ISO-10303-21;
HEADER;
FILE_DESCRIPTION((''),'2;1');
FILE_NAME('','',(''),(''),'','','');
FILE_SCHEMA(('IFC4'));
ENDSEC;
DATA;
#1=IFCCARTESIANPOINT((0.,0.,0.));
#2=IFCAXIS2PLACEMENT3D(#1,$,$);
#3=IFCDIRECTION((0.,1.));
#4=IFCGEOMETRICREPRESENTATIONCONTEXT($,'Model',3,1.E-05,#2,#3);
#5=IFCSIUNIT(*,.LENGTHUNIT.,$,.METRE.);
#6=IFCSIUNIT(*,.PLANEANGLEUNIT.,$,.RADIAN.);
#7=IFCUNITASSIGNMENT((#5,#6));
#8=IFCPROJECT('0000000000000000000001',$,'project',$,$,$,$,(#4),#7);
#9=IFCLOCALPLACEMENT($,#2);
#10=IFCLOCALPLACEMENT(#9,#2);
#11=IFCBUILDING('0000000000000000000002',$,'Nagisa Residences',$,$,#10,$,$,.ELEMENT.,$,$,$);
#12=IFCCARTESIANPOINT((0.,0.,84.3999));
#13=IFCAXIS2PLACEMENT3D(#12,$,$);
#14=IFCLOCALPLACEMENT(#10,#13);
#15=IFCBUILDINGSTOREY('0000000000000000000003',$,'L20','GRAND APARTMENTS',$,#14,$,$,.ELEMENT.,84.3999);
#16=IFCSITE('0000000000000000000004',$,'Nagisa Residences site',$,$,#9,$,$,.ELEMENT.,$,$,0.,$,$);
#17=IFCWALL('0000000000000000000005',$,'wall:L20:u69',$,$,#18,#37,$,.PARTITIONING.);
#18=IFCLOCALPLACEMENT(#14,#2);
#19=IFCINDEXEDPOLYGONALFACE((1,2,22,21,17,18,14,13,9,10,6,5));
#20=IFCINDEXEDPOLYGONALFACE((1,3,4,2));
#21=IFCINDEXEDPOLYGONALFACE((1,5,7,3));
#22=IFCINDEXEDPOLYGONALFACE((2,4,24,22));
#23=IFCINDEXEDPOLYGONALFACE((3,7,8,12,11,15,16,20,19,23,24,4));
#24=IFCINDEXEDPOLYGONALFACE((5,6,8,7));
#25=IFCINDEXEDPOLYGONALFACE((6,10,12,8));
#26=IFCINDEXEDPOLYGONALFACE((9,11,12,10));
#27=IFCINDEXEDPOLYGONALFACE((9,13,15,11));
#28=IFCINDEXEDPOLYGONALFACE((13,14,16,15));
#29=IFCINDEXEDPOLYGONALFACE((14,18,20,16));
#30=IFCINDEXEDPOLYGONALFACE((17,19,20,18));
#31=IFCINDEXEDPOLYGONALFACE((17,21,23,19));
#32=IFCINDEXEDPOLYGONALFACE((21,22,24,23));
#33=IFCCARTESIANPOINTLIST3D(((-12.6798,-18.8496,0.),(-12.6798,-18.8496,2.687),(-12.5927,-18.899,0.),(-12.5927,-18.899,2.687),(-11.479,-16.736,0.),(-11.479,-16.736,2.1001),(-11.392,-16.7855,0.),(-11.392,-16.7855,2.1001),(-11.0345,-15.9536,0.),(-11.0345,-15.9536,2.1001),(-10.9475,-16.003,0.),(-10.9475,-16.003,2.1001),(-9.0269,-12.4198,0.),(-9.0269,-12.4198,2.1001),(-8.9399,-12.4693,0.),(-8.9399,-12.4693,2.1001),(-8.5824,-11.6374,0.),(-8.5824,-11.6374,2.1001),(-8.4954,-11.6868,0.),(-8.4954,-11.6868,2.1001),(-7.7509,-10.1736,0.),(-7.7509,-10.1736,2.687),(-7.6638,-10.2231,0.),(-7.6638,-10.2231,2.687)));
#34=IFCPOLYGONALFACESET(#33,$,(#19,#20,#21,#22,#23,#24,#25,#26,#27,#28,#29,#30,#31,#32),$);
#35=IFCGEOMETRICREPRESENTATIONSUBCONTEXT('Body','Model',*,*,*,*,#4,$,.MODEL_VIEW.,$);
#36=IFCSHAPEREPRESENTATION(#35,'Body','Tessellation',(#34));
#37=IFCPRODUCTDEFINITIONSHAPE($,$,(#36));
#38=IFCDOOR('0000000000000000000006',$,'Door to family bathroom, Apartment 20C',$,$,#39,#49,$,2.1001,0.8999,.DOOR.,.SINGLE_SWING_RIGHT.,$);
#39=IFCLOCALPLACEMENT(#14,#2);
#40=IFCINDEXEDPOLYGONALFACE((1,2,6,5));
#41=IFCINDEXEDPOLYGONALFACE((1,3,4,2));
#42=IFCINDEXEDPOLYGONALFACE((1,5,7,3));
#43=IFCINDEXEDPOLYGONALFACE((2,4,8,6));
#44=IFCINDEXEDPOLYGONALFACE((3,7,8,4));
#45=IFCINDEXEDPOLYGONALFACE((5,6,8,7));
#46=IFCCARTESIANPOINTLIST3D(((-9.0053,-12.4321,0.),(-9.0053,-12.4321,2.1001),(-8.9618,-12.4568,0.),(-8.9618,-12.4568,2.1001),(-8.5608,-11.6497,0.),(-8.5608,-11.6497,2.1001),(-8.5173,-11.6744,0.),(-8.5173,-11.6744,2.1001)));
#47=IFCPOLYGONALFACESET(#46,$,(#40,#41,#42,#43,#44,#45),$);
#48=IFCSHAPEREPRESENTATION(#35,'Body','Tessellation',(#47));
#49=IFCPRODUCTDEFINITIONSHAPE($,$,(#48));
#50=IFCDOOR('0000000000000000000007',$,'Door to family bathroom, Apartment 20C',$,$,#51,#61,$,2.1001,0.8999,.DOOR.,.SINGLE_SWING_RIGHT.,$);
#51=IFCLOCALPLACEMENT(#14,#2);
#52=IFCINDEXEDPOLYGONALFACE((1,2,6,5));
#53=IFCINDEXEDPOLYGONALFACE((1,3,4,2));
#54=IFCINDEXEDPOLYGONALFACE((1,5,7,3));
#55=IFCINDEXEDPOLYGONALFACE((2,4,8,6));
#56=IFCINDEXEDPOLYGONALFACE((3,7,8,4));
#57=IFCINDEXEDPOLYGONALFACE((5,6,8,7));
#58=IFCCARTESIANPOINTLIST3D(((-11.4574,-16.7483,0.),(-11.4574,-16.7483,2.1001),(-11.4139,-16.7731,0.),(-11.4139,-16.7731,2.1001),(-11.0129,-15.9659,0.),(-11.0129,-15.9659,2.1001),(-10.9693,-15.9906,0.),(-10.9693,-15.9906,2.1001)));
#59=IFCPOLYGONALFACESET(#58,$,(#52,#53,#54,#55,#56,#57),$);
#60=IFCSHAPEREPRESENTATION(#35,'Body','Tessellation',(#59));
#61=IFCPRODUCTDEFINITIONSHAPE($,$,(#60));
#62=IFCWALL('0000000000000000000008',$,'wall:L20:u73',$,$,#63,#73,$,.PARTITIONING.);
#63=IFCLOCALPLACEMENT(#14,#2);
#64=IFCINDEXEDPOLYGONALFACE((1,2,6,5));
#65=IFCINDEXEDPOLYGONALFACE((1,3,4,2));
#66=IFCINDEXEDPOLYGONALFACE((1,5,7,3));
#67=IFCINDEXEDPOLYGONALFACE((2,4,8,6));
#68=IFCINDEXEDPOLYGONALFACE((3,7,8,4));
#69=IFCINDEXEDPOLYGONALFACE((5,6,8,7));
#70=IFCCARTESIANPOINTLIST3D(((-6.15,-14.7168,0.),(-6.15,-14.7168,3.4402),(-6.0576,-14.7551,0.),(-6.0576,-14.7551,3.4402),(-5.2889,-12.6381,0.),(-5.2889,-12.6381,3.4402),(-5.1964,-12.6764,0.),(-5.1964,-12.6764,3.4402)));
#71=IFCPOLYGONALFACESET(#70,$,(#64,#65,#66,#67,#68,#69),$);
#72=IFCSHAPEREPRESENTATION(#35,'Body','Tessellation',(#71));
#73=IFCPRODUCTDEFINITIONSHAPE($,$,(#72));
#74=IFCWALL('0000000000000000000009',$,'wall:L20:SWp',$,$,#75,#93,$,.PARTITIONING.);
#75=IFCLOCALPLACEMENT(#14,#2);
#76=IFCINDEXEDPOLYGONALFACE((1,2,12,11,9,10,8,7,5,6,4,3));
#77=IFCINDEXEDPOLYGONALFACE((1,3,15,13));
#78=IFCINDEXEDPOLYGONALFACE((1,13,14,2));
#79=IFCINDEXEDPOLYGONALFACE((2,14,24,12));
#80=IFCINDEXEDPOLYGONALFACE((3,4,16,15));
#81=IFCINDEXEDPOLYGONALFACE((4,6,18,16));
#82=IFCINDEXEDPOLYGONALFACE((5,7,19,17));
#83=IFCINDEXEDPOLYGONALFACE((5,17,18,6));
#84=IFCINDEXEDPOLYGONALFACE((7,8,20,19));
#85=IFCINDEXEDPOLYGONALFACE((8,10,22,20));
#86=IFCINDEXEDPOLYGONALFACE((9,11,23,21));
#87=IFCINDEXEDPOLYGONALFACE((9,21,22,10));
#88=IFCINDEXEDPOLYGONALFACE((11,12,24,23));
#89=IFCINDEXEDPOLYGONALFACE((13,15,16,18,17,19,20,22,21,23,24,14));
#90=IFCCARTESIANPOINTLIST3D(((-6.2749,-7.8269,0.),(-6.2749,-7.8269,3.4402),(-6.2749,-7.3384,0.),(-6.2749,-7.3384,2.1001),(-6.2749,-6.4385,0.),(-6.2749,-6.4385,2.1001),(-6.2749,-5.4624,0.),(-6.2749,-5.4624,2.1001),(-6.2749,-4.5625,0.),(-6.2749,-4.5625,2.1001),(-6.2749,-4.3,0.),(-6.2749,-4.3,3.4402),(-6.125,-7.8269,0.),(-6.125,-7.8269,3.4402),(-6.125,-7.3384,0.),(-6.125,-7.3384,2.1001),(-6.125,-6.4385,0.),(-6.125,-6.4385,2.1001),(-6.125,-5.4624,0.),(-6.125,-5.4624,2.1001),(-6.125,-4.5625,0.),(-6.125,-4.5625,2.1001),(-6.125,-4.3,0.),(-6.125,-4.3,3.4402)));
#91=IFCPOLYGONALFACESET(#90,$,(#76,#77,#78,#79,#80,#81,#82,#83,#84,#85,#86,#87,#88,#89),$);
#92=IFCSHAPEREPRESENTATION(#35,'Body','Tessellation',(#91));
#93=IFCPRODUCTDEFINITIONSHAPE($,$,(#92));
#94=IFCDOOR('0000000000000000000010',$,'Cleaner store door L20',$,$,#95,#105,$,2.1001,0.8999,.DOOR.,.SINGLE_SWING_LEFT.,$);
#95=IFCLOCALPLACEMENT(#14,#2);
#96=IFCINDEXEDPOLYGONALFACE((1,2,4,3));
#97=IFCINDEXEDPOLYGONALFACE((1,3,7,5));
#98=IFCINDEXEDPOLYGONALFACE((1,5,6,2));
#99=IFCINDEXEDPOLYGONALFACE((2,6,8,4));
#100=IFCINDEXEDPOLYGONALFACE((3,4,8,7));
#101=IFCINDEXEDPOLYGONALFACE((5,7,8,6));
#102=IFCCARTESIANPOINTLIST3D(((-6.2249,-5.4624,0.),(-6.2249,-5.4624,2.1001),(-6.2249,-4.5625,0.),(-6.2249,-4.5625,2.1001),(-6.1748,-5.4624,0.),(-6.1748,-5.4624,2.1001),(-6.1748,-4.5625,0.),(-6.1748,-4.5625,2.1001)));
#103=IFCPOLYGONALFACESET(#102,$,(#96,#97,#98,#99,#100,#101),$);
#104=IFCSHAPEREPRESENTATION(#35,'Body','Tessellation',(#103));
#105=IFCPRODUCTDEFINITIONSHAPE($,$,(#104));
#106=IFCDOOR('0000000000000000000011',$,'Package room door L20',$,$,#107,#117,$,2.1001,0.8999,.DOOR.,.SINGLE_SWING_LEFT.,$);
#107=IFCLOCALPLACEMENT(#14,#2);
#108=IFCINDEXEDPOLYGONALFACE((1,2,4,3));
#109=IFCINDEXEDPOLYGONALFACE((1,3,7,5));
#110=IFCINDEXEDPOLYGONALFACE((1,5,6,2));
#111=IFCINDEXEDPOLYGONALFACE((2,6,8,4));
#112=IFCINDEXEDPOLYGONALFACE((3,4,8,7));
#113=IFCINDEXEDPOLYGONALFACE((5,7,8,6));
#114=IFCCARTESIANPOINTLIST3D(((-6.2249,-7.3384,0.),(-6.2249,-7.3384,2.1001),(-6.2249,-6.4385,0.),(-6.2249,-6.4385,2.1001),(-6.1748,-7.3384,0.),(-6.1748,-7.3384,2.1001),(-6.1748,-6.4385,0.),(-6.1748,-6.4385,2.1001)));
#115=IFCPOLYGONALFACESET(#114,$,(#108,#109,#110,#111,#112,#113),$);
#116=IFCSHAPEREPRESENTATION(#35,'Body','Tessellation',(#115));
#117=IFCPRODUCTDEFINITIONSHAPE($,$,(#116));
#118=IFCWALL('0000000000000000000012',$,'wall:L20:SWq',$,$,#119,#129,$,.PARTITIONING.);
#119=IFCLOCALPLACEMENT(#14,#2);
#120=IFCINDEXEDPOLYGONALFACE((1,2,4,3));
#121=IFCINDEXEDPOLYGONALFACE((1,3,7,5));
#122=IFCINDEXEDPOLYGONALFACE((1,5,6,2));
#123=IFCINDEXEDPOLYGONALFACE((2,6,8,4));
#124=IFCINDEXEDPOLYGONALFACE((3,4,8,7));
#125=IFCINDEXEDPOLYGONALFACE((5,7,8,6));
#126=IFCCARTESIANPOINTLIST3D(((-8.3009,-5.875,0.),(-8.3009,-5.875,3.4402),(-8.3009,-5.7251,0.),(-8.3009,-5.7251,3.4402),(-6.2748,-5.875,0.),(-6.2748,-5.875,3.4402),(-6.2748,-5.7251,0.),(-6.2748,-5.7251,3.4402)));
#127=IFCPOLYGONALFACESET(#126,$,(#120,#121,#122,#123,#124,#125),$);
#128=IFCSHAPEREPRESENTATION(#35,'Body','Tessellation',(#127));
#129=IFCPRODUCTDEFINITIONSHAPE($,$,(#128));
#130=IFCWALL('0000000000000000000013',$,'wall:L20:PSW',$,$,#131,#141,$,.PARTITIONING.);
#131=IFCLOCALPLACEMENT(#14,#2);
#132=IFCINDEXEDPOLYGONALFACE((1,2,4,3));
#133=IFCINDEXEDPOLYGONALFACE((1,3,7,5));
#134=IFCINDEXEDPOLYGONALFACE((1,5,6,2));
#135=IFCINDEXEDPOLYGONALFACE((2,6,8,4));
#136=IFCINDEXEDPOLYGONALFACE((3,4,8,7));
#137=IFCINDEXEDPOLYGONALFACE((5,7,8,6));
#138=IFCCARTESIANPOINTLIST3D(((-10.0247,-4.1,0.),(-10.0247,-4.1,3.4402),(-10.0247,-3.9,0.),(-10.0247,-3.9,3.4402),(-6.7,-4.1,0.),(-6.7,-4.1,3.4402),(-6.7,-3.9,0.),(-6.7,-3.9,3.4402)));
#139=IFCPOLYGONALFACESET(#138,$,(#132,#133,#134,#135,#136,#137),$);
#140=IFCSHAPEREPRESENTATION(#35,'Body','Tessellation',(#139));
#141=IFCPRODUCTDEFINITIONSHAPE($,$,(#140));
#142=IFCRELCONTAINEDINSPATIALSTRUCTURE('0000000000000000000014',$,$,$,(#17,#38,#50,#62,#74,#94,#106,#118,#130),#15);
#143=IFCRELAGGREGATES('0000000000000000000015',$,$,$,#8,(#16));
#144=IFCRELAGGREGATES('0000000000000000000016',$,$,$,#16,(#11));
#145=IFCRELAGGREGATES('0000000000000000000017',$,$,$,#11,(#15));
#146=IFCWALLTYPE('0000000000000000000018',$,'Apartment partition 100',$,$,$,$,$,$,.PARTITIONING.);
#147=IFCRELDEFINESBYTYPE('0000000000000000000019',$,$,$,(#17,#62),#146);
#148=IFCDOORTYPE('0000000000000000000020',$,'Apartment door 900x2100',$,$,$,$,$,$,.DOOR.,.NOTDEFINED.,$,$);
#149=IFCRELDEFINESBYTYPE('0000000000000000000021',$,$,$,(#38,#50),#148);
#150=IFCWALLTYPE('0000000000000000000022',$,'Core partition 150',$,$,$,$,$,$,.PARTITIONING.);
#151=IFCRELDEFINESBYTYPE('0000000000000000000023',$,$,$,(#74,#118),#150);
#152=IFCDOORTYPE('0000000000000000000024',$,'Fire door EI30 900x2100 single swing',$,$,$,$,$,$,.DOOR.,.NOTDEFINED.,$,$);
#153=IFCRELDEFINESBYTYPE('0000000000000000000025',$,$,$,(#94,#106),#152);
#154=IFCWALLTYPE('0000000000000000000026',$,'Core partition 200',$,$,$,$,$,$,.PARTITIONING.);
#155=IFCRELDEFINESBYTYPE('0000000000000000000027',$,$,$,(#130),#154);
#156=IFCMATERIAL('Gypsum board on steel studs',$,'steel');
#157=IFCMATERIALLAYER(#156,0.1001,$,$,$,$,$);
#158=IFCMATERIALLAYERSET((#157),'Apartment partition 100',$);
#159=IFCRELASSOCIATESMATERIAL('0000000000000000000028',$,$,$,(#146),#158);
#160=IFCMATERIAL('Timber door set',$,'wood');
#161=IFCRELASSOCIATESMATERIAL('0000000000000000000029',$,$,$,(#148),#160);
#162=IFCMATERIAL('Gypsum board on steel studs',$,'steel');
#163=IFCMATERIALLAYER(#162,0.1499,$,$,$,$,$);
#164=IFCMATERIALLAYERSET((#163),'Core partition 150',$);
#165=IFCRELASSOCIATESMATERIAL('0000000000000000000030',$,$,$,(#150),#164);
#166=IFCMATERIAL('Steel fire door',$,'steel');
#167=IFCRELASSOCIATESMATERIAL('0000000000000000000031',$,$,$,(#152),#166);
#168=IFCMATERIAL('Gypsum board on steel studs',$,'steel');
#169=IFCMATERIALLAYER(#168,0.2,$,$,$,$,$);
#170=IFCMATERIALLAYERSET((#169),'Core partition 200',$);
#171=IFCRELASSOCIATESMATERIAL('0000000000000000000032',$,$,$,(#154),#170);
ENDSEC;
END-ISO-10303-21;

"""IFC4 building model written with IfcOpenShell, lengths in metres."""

from ifc_helpers import new_model, si_unit, direction, frame, frame_2d, origin, place, context, subcontext, project, spatial, rectangle, extrude, material, layer, layer_set, type_object, element, fill, save


model = new_model("IFC4")

# Units and contexts
model_context = context("Model", 3, precision=1e-05, world=origin(), true_north=direction((0.0, 1.0)))
body_context = subcontext(model_context, "Body", "Model", "MODEL_VIEW")
ifc_project = project(units=[si_unit("LENGTHUNIT", "METRE"), si_unit("PLANEANGLEUNIT", "RADIAN")], contexts=[model_context])

# Site, building, storey
site_placement = place(None, origin())
site = spatial("IfcSite", under=ifc_project, at=site_placement, Name="Nagisa Residences site", CompositionType="ELEMENT", RefElevation=0.0)
building_placement = place(site_placement, origin())
building = spatial("IfcBuilding", under=site, at=building_placement, Name="Nagisa Residences", CompositionType="ELEMENT")
storey_placement = place(building_placement, frame((0.0, 0.0, 84.3999)))
storey = spatial("IfcBuildingStorey", under=building, at=storey_placement, Name="L20", Description="GRAND APARTMENTS", CompositionType="ELEMENT", Elevation=84.3999)

# Wall, openings, doors
ifc_material_1 = material(Name="Gypsum board on steel studs", Category="steel")
ifc_layer_1 = layer(ifc_material_1, 0.1001)
ifc_layer_set_1 = layer_set([ifc_layer_1], Name="Apartment partition 100")
wall_type_1 = type_object("IfcWallType", Name="Apartment partition 100", PredefinedType="PARTITIONING", material=ifc_layer_set_1)
wall_1_placement = place(storey_placement, frame((-7.7073, -10.1982, 0.0), z_axis=(0.0, 0.0, 1.0), x_axis=(-0.493964, -0.869483, 0.0)))
wall_1 = element("IfcWall", 1, at=wall_1_placement, inside=storey, type_object=wall_type_1, Name="wall:L20:u69", PredefinedType="PARTITIONING", context=body_context, shape_type="SweptSolid", body=[
    extrude(rectangle(XDim=9.9783, YDim=0.1001, at=frame_2d((4.9893, 0.0))), origin(), (0.0, 0.0, 1.0), 2.687),
])
opening_1_placement = place(wall_1_placement, frame((1.6836, 0.0, 0.0)))
opening_1 = element("IfcOpeningElement", 2, at=opening_1_placement, cuts=wall_1, PredefinedType="OPENING", context=body_context, shape_type="SweptSolid", body=[
    extrude(rectangle(XDim=0.8999, YDim=2.1001, at=frame_2d((0.45, 1.05))), frame((0.0, 0.0601, 0.0), z_axis=(0.0, -1.0, 0.0), x_axis=(1.0, 0.0, 0.0)), (0.0, 0.0, 1.0), 0.1201),
])
opening_2_placement = place(wall_1_placement, frame((6.6477, 0.0, 0.0)))
opening_2 = element("IfcOpeningElement", 3, at=opening_2_placement, cuts=wall_1, PredefinedType="OPENING", context=body_context, shape_type="SweptSolid", body=[
    extrude(rectangle(XDim=0.8999, YDim=2.1001, at=frame_2d((0.45, 1.05))), frame((0.0, 0.0601, 0.0), z_axis=(0.0, -1.0, 0.0), x_axis=(1.0, 0.0, 0.0)), (0.0, 0.0, 1.0), 0.1201),
])
ifc_material_2 = material(Name="Timber door set", Category="wood")
door_type_1 = type_object("IfcDoorType", Name="Apartment door 900x2100", OperationType="NOTDEFINED", PredefinedType="DOOR", material=ifc_material_2)
door_1_placement = place(opening_1_placement, origin())
door_1 = element("IfcDoor", 4, at=door_1_placement, inside=storey, type_object=door_type_1, Name="Door to family bathroom, Apartment 20C", OperationType="SINGLE_SWING_RIGHT", OverallHeight=2.1001, OverallWidth=0.8999, PredefinedType="DOOR", context=body_context, shape_type="SweptSolid", body=[
    extrude(rectangle(XDim=0.8999, YDim=2.1001, at=frame_2d((0.45, 1.05))), frame((0.0, 0.0249, 0.0), z_axis=(0.0, -1.0, 0.0), x_axis=(1.0, 0.0, 0.0)), (0.0, 0.0, 1.0), 0.05),
])
fill(opening_1, door_1)
door_2_placement = place(opening_2_placement, origin())
door_2 = element("IfcDoor", 5, at=door_2_placement, inside=storey, type_object=door_type_1, Name="Door to family bathroom, Apartment 20C", OperationType="SINGLE_SWING_RIGHT", OverallHeight=2.1001, OverallWidth=0.8999, PredefinedType="DOOR", context=body_context, shape_type="SweptSolid", body=[
    extrude(rectangle(XDim=0.8999, YDim=2.1001, at=frame_2d((0.45, 1.05))), frame((0.0, 0.0249, 0.0), z_axis=(0.0, -1.0, 0.0), x_axis=(1.0, 0.0, 0.0)), (0.0, 0.0, 1.0), 0.05),
])
fill(opening_2, door_2)

# Wall
wall_2_placement = place(storey_placement, frame((-5.2427, -12.6572, 0.0), z_axis=(0.0, 0.0, 1.0), x_axis=(-0.382719, -0.923865, 0.0)))
element("IfcWall", 6, at=wall_2_placement, inside=storey, type_object=wall_type_1, Name="wall:L20:u73", PredefinedType="PARTITIONING", context=body_context, shape_type="SweptSolid", body=[
    extrude(rectangle(XDim=2.25, YDim=0.1001, at=frame_2d((1.125, 0.0))), origin(), (0.0, 0.0, 1.0), 3.4402),
])

# Wall, openings, doors
ifc_material_3 = material(Name="Gypsum board on steel studs", Category="steel")
ifc_layer_2 = layer(ifc_material_3, 0.1499)
ifc_layer_set_2 = layer_set([ifc_layer_2], Name="Core partition 150")
wall_type_2 = type_object("IfcWallType", Name="Core partition 150", PredefinedType="PARTITIONING", material=ifc_layer_set_2)
wall_3_placement = place(storey_placement, frame((-6.2, -7.8269, 0.0), z_axis=(0.0, 0.0, 1.0), x_axis=(0.0, 1.0, 0.0)))
wall_3 = element("IfcWall", 7, at=wall_3_placement, inside=storey, type_object=wall_type_2, Name="wall:L20:SWp", PredefinedType="PARTITIONING", context=body_context, shape_type="SweptSolid", body=[
    extrude(rectangle(XDim=3.5269, YDim=0.1499, at=frame_2d((1.7634, 0.0))), origin(), (0.0, 0.0, 1.0), 3.4402),
])
opening_3_placement = place(wall_3_placement, frame((2.3645, 0.0, 0.0)))
opening_3 = element("IfcOpeningElement", 8, at=opening_3_placement, cuts=wall_3, PredefinedType="OPENING", context=body_context, shape_type="SweptSolid", body=[
    extrude(rectangle(XDim=0.8999, YDim=2.1001, at=frame_2d((0.45, 1.05))), frame((0.0, 0.085, 0.0), z_axis=(0.0, -1.0, 0.0), x_axis=(1.0, 0.0, 0.0)), (0.0, 0.0, 1.0), 0.1699),
])
opening_4_placement = place(wall_3_placement, frame((0.4885, 0.0, 0.0)))
opening_4 = element("IfcOpeningElement", 9, at=opening_4_placement, cuts=wall_3, PredefinedType="OPENING", context=body_context, shape_type="SweptSolid", body=[
    extrude(rectangle(XDim=0.8999, YDim=2.1001, at=frame_2d((0.45, 1.05))), frame((0.0, 0.085, 0.0), z_axis=(0.0, -1.0, 0.0), x_axis=(1.0, 0.0, 0.0)), (0.0, 0.0, 1.0), 0.1699),
])
ifc_material_4 = material(Name="Steel fire door", Category="steel")
door_type_2 = type_object("IfcDoorType", Name="Fire door EI30 900x2100 single swing", OperationType="NOTDEFINED", PredefinedType="DOOR", material=ifc_material_4)
door_3_placement = place(opening_3_placement, origin())
door_3 = element("IfcDoor", 10, at=door_3_placement, inside=storey, type_object=door_type_2, Name="Cleaner store door L20", OperationType="SINGLE_SWING_LEFT", OverallHeight=2.1001, OverallWidth=0.8999, PredefinedType="DOOR", context=body_context, shape_type="SweptSolid", body=[
    extrude(rectangle(XDim=0.8999, YDim=2.1001, at=frame_2d((0.45, 1.05))), frame((0.0, 0.0249, 0.0), z_axis=(0.0, -1.0, 0.0), x_axis=(1.0, 0.0, 0.0)), (0.0, 0.0, 1.0), 0.05),
])
fill(opening_3, door_3)
door_4_placement = place(opening_4_placement, origin())
door_4 = element("IfcDoor", 11, at=door_4_placement, inside=storey, type_object=door_type_2, Name="Package room door L20", OperationType="SINGLE_SWING_LEFT", OverallHeight=2.1001, OverallWidth=0.8999, PredefinedType="DOOR", context=body_context, shape_type="SweptSolid", body=[
    extrude(rectangle(XDim=0.8999, YDim=2.1001, at=frame_2d((0.45, 1.05))), frame((0.0, 0.0249, 0.0), z_axis=(0.0, -1.0, 0.0), x_axis=(1.0, 0.0, 0.0)), (0.0, 0.0, 1.0), 0.05),
])
fill(opening_4, door_4)

# Walls
wall_4_placement = place(storey_placement, frame((-8.301, -5.8, 0.0), z_axis=(0.0, 0.0, 1.0), x_axis=(1.0, 0.0, 0.0)))
element("IfcWall", 12, at=wall_4_placement, inside=storey, type_object=wall_type_2, Name="wall:L20:SWq", PredefinedType="PARTITIONING", context=body_context, shape_type="SweptSolid", body=[
    extrude(rectangle(XDim=2.0261, YDim=0.1499, at=frame_2d((1.0132, 0.0))), origin(), (0.0, 0.0, 1.0), 3.4402),
])
ifc_material_5 = material(Name="Gypsum board on steel studs", Category="steel")
ifc_layer_3 = layer(ifc_material_5, 0.2)
ifc_layer_set_3 = layer_set([ifc_layer_3], Name="Core partition 200")
wall_type_3 = type_object("IfcWallType", Name="Core partition 200", PredefinedType="PARTITIONING", material=ifc_layer_set_3)
wall_5_placement = place(storey_placement, frame((-10.0247, -4.0, 0.0), z_axis=(0.0, 0.0, 1.0), x_axis=(1.0, 0.0, 0.0)))
element("IfcWall", 13, at=wall_5_placement, inside=storey, type_object=wall_type_3, Name="wall:L20:PSW", PredefinedType="PARTITIONING", context=body_context, shape_type="SweptSolid", body=[
    extrude(rectangle(XDim=3.3247, YDim=0.2, at=frame_2d((1.6624, 0.0))), origin(), (0.0, 0.0, 1.0), 3.4402),
])

save(model, "model.ifc")
